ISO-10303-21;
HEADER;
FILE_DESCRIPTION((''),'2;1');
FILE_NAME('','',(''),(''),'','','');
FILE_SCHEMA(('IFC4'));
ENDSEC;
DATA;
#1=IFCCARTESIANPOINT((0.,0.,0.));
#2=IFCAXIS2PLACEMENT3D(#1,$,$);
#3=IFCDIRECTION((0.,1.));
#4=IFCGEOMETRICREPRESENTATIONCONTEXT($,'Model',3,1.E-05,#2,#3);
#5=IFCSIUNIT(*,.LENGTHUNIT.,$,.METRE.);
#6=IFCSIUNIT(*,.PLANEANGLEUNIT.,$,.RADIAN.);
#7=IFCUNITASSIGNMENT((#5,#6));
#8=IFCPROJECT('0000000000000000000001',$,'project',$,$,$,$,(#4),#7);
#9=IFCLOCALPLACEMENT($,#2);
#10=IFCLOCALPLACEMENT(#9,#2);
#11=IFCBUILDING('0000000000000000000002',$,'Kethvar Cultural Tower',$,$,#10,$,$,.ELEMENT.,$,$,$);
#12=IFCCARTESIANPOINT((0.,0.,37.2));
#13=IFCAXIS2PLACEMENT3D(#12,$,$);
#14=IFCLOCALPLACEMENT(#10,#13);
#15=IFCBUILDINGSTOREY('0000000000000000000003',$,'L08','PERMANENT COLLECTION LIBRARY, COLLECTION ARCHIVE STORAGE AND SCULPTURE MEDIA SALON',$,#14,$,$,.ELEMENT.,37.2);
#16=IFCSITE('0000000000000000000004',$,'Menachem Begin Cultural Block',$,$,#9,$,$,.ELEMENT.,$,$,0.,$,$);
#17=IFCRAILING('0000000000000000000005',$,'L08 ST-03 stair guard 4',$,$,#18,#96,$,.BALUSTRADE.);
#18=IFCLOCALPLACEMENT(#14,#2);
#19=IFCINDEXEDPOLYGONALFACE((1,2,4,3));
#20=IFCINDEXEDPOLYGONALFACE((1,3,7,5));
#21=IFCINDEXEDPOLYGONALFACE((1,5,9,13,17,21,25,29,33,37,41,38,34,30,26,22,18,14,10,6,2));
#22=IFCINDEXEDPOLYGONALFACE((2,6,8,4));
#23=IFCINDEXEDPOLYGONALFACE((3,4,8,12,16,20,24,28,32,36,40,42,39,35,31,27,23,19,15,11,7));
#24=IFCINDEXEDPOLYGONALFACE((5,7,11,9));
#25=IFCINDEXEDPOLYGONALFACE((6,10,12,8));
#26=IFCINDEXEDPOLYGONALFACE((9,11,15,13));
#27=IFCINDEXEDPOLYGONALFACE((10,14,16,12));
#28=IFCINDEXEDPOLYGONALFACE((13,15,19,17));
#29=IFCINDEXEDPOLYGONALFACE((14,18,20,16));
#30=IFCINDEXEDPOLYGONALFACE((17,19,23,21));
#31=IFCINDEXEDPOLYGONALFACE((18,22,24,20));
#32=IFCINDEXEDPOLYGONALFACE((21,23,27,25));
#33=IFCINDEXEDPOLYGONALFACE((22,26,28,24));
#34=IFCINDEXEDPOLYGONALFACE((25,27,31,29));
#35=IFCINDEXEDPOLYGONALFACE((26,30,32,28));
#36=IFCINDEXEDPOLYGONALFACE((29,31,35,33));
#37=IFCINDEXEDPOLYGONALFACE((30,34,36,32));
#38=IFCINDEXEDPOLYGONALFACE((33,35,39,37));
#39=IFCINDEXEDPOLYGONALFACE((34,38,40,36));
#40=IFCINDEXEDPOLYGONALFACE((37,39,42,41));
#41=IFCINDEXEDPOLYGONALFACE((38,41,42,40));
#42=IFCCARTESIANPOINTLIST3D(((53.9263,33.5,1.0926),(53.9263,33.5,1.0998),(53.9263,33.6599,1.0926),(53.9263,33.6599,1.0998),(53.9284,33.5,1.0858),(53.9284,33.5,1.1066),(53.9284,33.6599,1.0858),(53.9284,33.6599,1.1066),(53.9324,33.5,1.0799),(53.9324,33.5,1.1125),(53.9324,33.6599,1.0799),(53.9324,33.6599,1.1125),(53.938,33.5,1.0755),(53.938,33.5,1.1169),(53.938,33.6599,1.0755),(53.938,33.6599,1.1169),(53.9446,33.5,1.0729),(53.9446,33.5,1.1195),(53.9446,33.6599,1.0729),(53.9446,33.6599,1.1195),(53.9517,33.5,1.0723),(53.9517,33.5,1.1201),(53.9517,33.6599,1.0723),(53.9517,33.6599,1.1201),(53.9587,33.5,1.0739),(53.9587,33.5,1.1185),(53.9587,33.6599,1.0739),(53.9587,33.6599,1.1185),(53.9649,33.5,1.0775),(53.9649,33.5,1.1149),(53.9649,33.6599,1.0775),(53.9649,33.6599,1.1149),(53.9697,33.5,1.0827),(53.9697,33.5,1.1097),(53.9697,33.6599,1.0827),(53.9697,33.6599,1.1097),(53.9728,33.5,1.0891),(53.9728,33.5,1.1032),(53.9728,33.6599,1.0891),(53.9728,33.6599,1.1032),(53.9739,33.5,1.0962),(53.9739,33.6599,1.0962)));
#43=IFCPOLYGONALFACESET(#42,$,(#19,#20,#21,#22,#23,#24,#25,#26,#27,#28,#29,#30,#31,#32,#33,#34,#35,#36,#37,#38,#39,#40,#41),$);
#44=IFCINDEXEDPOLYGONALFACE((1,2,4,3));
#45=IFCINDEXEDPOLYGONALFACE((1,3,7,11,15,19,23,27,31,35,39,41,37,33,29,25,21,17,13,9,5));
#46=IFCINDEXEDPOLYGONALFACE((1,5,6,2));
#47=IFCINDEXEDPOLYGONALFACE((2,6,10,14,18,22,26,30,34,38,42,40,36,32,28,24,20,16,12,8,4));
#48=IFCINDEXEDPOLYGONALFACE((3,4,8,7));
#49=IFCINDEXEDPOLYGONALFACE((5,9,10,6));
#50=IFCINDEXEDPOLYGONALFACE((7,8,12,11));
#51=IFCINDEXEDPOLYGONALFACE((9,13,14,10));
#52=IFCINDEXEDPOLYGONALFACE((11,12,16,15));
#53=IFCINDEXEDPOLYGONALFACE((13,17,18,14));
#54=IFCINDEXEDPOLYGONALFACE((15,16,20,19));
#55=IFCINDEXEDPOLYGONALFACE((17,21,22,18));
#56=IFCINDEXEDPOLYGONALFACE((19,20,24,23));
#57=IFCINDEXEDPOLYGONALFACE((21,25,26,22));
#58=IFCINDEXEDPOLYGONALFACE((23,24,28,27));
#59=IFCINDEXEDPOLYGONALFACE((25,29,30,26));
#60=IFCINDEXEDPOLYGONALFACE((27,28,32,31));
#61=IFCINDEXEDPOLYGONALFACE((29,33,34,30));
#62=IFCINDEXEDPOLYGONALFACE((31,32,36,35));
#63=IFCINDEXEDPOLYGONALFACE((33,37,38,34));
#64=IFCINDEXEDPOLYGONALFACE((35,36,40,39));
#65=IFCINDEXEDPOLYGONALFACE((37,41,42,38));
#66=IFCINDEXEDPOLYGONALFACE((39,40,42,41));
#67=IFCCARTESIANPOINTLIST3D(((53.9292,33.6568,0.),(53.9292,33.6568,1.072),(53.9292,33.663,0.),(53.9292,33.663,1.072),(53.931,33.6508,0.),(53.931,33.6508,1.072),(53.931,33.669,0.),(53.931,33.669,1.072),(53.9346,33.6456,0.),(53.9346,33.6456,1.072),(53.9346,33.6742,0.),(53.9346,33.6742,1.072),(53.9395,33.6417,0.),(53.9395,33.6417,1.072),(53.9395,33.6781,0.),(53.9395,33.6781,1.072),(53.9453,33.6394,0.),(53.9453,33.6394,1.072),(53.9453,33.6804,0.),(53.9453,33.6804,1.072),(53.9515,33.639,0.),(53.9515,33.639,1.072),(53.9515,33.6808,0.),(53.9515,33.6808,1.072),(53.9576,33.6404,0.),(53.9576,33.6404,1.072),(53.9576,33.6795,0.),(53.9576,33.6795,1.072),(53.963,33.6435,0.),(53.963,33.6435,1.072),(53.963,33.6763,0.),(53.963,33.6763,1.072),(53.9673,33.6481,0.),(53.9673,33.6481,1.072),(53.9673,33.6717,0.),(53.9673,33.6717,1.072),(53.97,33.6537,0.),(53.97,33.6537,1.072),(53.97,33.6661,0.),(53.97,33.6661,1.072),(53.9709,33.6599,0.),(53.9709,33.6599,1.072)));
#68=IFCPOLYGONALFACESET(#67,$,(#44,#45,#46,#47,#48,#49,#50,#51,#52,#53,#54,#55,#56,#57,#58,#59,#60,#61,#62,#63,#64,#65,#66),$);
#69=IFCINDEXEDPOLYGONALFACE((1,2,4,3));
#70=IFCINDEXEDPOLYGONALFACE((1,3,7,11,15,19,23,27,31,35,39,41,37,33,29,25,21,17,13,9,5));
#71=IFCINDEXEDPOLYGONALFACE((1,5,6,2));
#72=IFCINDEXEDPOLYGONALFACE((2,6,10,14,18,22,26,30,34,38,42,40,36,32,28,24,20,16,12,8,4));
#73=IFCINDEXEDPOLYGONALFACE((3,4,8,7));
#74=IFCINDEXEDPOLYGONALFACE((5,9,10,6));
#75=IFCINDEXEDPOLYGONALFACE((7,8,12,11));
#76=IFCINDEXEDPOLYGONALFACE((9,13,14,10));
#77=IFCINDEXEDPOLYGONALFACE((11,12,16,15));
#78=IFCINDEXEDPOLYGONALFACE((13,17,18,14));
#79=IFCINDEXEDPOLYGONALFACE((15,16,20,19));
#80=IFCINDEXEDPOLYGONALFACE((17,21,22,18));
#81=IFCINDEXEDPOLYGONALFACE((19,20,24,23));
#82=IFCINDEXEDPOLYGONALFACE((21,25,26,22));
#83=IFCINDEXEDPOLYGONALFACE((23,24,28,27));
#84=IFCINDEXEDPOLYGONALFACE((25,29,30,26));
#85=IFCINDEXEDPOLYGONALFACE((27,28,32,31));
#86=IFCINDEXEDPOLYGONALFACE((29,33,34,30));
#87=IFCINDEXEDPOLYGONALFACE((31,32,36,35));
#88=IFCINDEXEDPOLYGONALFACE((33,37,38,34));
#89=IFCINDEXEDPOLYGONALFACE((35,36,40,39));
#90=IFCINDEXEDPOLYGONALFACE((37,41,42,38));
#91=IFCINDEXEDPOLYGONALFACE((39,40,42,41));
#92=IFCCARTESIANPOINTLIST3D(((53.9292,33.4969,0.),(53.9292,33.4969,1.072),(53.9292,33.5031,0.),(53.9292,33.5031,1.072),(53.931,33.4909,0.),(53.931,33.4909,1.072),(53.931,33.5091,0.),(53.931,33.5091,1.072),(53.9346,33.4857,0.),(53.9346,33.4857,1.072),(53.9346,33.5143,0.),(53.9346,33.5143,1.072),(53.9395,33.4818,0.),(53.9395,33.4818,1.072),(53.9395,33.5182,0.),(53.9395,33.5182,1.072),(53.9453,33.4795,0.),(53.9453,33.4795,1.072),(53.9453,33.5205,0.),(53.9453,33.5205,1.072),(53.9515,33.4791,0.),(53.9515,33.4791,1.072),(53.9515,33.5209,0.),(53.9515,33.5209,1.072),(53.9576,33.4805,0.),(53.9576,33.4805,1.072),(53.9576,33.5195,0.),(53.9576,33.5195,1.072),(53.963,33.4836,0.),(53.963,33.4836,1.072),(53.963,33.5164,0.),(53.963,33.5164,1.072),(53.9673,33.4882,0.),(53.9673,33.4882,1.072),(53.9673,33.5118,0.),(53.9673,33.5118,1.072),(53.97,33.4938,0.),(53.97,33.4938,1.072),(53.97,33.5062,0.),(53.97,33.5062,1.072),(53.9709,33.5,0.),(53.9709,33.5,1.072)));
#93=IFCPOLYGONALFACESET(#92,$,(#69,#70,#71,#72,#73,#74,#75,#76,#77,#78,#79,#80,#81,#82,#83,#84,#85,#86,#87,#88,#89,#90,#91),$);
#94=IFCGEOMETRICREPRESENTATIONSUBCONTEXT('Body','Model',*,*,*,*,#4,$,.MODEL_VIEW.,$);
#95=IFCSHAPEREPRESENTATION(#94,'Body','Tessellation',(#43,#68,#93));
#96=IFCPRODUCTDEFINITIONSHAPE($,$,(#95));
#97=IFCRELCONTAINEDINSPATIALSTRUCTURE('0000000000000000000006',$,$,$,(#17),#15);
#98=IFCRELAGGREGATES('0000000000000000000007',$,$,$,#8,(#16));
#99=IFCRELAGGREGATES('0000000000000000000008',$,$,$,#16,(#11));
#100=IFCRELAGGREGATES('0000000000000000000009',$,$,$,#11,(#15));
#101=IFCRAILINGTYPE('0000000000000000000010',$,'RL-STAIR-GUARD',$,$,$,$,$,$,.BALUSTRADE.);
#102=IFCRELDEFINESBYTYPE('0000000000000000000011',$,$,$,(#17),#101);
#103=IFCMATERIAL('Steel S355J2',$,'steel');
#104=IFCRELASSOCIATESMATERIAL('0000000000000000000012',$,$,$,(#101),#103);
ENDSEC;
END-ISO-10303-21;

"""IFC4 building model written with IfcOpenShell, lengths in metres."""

from ifc_helpers import new_model, si_unit, direction, frame, origin, origin_2d, place, context, subcontext, project, spatial, circle, extrude, material, type_object, element, save


model = new_model("IFC4")

# Units and contexts
model_context = context("Model", 3, precision=1e-05, world=origin(), true_north=direction((0.0, 1.0)))
body_context = subcontext(model_context, "Body", "Model", "MODEL_VIEW")
ifc_project = project(units=[si_unit("LENGTHUNIT", "METRE"), si_unit("PLANEANGLEUNIT", "RADIAN")], contexts=[model_context])

# Site, building, storey
site_placement = place(None, origin())
site = spatial("IfcSite", under=ifc_project, at=site_placement, Name="Menachem Begin Cultural Block", CompositionType="ELEMENT", RefElevation=0.0)
building_placement = place(site_placement, origin())
building = spatial("IfcBuilding", under=site, at=building_placement, Name="Kethvar Cultural Tower", CompositionType="ELEMENT")
storey_placement = place(building_placement, frame((0.0, 0.0, 37.2)))
storey = spatial("IfcBuildingStorey", under=building, at=storey_placement, Name="L08", Description="PERMANENT COLLECTION LIBRARY, COLLECTION ARCHIVE STORAGE AND SCULPTURE MEDIA SALON", CompositionType="ELEMENT", Elevation=37.2)

# Shared definitions
ifc_material_1 = material(Name="Steel S355J2", Category="steel")

# Railing
railing_type_1 = type_object("IfcRailingType", Name="RL-STAIR-GUARD", PredefinedType="BALUSTRADE", material=ifc_material_1)
railing_1_placement = place(storey_placement, frame((53.95, 33.6599, 0.0)))
element("IfcRailing", 1, at=railing_1_placement, inside=storey, type_object=railing_type_1, Name="L08 ST-03 stair guard 4", PredefinedType="BALUSTRADE", context=body_context, shape_type="SweptSolid", body=[
    extrude(circle(Radius=0.0239, at=origin_2d()), frame((0.0, 0.0, 1.0962), z_axis=(0.0, -1.0, 0.0), x_axis=(1.0, 0.0, 0.0)), (0.0, 0.0, 1.0), 0.1599),
    extrude(circle(Radius=0.021, at=origin_2d()), origin(), (0.0, 0.0, 1.0), 1.072),
    extrude(circle(Radius=0.021, at=origin_2d()), frame((0.0, -0.1599, 0.0)), (0.0, 0.0, 1.0), 1.072),
])

save(model, "model.ifc")
